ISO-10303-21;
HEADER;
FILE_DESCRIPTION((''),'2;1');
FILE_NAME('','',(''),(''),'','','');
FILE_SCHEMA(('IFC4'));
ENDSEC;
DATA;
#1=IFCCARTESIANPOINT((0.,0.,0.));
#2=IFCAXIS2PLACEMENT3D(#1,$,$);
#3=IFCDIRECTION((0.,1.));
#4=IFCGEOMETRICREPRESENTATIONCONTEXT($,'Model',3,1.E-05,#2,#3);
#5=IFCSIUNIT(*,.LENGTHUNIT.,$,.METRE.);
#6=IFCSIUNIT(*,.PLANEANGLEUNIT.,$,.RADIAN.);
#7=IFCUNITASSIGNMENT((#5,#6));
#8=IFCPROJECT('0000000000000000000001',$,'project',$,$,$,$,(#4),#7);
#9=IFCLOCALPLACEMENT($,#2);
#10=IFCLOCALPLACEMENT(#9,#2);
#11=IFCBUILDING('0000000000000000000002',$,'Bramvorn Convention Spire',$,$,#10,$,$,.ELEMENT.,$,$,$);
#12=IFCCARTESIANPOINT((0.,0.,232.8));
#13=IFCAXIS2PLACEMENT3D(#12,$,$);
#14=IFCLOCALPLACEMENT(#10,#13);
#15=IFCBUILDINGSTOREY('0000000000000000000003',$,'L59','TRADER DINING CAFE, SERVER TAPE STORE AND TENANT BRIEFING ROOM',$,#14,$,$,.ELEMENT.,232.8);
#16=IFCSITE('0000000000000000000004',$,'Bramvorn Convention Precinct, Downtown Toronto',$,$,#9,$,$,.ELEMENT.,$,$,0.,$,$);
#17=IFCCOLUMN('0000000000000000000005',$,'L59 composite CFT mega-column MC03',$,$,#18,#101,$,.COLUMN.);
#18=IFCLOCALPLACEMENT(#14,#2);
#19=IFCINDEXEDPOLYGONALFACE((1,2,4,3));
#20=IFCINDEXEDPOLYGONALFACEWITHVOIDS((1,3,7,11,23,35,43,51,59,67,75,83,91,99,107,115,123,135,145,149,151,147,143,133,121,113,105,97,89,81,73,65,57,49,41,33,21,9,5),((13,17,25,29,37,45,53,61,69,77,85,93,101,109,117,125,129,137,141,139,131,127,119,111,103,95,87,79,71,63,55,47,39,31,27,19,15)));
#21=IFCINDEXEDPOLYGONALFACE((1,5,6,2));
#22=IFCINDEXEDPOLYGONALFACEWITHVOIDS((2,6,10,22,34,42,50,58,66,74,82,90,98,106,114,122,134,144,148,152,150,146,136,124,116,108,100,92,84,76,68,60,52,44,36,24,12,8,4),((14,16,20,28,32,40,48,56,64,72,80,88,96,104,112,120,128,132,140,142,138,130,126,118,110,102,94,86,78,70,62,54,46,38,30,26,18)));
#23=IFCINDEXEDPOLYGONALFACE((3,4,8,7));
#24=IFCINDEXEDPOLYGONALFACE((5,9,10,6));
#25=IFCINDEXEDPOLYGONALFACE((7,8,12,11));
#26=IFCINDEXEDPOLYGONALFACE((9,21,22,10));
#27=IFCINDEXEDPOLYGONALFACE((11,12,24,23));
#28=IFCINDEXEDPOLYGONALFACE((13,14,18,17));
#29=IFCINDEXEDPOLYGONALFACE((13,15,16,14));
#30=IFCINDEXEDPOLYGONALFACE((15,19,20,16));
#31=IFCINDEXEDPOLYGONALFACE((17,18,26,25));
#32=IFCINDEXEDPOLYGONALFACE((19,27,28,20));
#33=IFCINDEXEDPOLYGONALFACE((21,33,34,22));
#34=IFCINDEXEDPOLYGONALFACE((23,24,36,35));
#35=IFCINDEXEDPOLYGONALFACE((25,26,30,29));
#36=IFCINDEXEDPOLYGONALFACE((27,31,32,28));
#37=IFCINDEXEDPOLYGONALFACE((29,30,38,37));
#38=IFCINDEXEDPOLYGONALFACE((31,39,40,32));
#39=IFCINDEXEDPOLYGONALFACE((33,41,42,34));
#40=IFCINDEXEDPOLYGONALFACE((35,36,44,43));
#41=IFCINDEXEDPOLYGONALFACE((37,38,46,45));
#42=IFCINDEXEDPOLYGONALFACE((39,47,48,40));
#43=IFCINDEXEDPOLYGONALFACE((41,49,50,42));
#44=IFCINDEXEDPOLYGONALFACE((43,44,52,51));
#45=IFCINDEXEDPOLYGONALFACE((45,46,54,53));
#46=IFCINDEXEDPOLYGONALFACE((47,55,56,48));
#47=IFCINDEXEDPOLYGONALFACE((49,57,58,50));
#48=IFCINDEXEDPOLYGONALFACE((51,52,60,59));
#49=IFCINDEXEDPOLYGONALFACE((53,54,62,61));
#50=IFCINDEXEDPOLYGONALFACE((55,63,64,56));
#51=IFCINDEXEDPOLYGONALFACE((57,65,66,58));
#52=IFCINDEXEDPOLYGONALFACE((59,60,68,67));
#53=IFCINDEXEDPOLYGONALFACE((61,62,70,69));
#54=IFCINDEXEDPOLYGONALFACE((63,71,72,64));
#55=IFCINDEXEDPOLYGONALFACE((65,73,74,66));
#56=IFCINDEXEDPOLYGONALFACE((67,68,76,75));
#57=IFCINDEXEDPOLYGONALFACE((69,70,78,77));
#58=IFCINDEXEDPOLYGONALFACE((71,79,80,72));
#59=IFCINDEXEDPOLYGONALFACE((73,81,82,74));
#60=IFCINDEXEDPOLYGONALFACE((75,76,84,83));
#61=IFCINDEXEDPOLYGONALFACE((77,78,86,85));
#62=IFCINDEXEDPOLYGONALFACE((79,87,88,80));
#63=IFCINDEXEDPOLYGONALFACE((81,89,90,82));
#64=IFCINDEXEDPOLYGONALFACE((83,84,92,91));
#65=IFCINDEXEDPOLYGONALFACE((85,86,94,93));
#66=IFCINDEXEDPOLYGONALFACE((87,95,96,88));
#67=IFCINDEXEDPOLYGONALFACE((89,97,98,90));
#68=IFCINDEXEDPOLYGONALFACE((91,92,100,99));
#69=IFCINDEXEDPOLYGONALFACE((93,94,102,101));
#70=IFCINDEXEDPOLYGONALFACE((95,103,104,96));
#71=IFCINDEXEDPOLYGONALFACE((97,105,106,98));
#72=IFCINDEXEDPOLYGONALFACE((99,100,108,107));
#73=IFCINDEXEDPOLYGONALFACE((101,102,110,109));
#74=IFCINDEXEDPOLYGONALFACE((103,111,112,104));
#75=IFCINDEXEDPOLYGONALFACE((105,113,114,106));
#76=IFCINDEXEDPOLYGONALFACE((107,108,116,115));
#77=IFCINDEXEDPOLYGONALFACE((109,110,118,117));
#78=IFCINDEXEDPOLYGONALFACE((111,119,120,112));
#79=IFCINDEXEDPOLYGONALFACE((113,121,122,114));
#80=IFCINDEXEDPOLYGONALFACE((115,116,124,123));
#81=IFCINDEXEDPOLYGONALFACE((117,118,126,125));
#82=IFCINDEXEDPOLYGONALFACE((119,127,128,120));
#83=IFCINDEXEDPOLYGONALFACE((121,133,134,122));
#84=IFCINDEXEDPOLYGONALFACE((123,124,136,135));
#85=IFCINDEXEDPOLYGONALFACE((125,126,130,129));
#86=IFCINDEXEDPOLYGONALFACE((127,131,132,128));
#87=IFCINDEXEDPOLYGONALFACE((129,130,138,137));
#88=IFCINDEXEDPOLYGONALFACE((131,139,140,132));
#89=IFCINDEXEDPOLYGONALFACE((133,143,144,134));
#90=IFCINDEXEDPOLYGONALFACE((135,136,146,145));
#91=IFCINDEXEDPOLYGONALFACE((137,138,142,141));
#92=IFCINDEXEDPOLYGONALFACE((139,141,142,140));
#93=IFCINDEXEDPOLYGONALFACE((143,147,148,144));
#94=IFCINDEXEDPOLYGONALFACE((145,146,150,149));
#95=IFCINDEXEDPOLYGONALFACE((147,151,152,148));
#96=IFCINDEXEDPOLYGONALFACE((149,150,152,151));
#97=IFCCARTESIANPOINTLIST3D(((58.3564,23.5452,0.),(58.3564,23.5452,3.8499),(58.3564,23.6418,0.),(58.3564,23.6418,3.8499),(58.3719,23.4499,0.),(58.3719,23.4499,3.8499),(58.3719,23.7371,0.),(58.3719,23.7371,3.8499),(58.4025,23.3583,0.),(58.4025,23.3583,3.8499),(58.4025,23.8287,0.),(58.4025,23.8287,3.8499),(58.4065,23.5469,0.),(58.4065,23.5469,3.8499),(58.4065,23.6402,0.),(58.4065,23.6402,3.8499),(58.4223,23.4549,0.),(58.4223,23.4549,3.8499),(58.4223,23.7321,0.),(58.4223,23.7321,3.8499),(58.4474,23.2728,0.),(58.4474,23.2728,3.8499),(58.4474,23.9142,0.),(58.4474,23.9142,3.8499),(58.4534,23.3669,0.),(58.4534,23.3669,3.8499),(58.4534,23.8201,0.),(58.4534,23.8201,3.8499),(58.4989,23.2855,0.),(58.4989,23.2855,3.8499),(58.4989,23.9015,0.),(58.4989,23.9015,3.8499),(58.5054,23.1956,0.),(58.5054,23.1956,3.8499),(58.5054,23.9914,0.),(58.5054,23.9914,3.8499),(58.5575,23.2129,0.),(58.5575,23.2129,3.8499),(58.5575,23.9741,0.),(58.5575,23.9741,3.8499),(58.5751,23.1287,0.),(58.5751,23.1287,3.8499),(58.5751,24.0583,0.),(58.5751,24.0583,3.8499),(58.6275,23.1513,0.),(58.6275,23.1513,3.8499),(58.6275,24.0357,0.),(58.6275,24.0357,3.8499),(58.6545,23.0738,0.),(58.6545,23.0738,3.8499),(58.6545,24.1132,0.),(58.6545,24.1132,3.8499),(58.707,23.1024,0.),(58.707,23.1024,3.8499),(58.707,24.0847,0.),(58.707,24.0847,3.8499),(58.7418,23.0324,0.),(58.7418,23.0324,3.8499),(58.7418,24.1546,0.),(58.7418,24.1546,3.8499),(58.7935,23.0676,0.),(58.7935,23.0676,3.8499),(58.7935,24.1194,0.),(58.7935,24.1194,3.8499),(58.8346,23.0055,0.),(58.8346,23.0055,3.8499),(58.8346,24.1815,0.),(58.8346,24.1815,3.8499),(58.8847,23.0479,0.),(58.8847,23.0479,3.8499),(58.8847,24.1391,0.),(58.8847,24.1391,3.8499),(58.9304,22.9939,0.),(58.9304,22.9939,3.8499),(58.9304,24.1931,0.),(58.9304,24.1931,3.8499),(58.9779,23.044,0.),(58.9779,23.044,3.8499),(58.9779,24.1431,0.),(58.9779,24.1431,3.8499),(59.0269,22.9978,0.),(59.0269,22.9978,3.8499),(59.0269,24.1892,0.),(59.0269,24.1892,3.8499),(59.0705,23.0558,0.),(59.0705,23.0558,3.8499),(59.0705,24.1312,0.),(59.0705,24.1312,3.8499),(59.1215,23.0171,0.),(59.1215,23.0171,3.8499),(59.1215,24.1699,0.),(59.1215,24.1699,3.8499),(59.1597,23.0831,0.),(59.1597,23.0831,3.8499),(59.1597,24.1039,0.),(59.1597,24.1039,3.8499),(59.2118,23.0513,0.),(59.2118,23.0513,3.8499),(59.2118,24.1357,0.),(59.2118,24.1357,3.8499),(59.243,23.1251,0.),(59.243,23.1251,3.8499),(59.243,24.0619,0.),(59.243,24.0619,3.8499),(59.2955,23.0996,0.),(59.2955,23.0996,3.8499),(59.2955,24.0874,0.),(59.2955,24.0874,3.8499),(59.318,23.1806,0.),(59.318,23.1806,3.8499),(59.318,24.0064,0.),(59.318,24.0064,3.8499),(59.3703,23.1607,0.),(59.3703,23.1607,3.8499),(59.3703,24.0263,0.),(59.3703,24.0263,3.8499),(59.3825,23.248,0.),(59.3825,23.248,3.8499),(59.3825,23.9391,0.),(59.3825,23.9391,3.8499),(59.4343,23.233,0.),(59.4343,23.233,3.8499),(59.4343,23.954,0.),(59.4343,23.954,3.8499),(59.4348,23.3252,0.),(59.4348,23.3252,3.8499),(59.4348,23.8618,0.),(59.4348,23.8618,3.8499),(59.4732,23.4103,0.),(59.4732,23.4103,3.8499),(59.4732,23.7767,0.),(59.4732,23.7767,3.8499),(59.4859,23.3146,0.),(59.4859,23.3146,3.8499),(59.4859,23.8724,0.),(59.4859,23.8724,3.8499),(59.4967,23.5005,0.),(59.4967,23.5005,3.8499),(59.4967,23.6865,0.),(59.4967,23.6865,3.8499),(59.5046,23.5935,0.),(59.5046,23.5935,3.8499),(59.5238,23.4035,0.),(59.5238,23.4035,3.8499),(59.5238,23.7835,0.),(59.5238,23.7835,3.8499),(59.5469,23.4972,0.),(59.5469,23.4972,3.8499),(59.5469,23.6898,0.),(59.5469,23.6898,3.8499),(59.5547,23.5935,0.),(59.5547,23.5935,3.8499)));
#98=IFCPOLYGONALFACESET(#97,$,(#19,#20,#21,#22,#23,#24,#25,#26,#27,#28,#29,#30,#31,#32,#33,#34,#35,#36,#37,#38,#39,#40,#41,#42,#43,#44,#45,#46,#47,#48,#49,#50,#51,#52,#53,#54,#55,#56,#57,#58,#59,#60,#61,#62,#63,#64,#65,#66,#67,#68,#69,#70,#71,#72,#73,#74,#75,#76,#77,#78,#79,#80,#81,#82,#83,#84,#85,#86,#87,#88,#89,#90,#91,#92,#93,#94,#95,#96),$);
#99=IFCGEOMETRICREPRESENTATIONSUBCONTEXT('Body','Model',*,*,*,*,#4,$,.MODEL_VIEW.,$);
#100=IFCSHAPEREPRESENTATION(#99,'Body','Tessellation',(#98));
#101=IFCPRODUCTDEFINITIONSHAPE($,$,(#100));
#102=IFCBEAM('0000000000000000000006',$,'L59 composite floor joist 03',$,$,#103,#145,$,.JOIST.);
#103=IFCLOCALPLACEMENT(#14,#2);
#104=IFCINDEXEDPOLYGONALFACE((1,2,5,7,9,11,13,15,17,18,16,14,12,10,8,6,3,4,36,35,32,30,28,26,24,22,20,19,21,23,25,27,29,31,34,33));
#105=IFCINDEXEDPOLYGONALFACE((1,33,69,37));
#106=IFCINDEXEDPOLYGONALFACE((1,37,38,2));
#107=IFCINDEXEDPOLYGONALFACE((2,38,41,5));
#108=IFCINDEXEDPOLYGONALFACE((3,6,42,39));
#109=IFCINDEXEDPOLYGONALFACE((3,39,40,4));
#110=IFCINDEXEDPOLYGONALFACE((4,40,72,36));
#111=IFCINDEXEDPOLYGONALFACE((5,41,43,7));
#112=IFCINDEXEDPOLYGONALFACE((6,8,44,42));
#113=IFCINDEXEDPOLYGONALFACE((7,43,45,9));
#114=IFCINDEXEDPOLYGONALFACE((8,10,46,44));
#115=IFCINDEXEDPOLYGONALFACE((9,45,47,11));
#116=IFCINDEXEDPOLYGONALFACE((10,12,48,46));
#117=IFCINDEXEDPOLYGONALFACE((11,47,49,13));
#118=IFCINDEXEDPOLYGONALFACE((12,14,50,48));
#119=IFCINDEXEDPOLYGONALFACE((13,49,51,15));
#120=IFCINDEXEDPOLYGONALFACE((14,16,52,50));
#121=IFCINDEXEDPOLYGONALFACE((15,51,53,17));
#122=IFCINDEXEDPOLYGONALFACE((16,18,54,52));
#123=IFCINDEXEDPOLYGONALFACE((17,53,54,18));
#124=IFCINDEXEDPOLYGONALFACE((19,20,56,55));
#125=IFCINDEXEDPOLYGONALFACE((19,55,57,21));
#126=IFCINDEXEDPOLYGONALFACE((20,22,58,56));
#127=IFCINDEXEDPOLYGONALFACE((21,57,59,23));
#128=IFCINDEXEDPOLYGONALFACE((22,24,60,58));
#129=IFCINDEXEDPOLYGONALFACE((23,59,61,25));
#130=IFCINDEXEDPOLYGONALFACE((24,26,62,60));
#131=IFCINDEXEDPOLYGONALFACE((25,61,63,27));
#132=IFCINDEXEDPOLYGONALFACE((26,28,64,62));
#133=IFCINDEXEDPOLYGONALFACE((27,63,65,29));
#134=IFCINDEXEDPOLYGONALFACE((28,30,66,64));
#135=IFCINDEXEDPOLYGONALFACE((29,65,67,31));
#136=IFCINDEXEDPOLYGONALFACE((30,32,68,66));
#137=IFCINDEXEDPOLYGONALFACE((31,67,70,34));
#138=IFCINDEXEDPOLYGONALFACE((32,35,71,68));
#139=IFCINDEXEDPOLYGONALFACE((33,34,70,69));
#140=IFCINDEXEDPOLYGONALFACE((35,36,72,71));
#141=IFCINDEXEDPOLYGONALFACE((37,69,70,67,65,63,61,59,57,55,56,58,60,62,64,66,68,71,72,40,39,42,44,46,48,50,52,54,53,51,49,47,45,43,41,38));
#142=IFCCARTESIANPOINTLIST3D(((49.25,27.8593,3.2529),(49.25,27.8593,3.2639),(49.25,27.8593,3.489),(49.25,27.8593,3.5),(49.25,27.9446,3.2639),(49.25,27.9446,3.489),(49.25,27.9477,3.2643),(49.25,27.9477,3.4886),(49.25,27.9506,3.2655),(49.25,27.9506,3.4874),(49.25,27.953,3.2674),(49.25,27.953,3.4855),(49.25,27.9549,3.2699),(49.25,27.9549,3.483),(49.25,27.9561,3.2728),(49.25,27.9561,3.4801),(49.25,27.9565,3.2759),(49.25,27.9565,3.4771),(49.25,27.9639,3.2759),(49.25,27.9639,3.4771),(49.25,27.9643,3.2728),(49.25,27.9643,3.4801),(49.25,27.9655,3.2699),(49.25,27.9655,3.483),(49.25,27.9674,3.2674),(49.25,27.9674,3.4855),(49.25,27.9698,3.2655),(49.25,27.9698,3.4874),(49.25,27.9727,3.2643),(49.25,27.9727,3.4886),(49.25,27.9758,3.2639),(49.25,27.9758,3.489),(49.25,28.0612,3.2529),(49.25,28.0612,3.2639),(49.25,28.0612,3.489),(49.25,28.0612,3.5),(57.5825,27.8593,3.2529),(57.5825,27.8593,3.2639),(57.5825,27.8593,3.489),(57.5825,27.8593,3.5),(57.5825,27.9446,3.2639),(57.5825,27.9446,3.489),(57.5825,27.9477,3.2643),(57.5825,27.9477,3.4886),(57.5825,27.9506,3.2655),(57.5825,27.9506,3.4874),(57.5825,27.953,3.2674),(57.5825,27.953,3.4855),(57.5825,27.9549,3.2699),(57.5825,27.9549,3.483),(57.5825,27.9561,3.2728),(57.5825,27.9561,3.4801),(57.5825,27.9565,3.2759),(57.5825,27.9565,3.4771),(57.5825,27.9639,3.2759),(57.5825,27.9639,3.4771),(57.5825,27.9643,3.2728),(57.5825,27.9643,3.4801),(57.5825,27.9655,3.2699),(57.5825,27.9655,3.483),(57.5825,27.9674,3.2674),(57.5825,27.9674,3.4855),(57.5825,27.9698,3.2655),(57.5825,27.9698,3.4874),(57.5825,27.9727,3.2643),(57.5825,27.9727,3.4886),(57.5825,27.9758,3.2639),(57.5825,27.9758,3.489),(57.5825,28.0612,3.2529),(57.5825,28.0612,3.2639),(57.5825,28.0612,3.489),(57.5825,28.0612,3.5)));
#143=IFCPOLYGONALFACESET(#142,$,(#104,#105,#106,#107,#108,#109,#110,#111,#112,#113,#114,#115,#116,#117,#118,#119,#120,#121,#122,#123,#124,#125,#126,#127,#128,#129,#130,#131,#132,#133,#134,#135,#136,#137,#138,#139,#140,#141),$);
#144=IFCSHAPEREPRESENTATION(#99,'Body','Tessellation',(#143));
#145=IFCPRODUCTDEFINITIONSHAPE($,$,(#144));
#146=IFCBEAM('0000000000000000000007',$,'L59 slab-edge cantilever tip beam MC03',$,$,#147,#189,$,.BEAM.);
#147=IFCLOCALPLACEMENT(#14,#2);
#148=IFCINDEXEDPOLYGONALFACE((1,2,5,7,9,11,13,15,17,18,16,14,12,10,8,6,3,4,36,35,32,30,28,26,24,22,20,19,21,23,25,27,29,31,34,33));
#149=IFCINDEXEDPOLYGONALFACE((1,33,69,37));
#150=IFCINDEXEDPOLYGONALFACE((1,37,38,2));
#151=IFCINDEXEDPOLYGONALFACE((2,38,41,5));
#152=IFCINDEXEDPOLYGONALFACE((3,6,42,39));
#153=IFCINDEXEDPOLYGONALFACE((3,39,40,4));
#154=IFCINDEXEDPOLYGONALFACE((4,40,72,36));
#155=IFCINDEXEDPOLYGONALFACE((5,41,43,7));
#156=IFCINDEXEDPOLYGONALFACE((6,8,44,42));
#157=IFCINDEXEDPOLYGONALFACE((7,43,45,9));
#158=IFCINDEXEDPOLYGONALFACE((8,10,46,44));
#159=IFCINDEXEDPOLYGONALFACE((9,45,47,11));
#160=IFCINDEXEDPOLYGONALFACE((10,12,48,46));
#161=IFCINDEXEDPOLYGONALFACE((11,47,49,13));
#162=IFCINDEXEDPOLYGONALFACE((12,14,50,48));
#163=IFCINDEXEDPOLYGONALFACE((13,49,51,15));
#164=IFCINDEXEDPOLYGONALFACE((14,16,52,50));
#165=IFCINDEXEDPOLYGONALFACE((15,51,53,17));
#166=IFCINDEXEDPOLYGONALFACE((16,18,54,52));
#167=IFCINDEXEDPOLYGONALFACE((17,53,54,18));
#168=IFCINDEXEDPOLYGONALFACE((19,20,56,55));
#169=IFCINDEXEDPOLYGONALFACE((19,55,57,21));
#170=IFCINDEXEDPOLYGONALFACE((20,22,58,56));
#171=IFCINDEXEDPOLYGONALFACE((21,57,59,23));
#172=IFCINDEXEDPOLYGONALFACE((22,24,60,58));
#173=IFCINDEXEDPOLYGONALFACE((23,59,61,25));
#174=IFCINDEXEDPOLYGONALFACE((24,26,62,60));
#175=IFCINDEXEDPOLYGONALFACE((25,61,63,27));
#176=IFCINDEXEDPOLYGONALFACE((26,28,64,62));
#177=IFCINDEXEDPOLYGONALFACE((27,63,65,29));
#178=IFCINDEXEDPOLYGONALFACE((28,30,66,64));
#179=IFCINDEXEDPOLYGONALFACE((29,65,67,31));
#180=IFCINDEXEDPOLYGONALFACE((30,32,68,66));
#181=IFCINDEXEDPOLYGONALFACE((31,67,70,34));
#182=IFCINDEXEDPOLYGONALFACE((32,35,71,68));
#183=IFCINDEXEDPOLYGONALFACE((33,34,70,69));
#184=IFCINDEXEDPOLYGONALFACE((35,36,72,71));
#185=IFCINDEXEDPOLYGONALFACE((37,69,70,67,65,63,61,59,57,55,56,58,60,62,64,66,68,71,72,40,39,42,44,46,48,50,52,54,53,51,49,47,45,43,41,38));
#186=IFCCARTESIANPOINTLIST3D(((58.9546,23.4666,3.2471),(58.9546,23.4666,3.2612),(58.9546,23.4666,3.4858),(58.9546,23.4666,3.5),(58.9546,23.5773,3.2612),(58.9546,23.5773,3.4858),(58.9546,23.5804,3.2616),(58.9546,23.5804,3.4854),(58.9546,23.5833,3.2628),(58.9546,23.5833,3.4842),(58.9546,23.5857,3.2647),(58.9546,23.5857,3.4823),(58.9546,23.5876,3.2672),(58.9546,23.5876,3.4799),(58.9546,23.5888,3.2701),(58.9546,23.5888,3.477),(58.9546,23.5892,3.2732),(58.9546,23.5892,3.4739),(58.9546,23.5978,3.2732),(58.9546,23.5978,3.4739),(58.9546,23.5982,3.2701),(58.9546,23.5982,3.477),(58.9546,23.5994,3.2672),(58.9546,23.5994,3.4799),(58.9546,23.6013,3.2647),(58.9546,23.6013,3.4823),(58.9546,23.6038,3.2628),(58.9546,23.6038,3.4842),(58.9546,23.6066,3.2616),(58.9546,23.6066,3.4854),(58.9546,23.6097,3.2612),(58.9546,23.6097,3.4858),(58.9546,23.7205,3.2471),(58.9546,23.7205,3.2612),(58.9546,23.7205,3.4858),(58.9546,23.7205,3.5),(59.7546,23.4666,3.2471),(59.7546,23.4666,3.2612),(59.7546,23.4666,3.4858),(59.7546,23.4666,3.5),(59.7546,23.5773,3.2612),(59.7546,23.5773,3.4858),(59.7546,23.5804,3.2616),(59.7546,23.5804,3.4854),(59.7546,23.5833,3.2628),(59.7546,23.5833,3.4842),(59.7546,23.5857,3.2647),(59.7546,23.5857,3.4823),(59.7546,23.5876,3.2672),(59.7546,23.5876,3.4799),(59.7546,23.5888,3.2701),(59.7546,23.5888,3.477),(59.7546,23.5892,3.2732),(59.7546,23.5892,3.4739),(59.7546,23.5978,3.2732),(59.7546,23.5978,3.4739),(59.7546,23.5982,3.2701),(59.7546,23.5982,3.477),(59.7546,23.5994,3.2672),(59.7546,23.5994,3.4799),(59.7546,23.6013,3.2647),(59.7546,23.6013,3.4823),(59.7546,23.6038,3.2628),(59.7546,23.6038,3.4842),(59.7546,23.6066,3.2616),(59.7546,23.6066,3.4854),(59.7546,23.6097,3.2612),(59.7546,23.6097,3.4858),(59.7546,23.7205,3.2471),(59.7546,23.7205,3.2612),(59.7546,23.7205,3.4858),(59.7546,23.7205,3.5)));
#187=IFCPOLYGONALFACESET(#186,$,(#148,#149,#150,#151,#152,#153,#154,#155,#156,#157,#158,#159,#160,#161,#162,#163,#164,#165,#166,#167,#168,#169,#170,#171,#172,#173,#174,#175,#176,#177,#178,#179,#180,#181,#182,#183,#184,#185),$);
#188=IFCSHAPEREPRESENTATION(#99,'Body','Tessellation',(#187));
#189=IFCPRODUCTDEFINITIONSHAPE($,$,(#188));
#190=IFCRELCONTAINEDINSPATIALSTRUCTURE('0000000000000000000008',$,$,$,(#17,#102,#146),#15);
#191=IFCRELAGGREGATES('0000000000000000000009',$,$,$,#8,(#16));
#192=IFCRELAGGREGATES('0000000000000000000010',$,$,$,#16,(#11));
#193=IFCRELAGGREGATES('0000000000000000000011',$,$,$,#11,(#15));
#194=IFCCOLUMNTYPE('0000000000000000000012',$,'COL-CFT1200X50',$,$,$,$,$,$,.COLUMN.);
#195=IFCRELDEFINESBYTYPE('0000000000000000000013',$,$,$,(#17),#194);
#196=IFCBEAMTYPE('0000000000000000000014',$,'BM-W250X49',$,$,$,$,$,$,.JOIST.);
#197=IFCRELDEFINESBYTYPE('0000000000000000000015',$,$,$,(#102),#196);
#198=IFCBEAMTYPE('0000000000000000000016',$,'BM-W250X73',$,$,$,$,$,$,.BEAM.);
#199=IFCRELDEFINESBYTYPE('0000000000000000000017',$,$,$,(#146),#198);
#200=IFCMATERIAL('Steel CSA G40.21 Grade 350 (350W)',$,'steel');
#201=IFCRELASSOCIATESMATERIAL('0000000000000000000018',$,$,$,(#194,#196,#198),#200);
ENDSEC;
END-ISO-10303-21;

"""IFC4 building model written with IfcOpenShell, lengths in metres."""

from ifc_helpers import new_model, si_unit, direction, frame, origin, origin_2d, place, context, subcontext, project, spatial, hollow_circle, i_section, extrude, material, material_profile, profile_set, type_object, element, save


model = new_model("IFC4")

# Units and contexts
model_context = context("Model", 3, precision=1e-05, world=origin(), true_north=direction((0.0, 1.0)))
body_context = subcontext(model_context, "Body", "Model", "MODEL_VIEW")
ifc_project = project(units=[si_unit("LENGTHUNIT", "METRE"), si_unit("PLANEANGLEUNIT", "RADIAN")], contexts=[model_context])

# Site, building, storey
site_placement = place(None, origin())
site = spatial("IfcSite", under=ifc_project, at=site_placement, Name="Bramvorn Convention Precinct, Downtown Toronto", CompositionType="ELEMENT", RefElevation=0.0)
building_placement = place(site_placement, origin())
building = spatial("IfcBuilding", under=site, at=building_placement, Name="Bramvorn Convention Spire", CompositionType="ELEMENT")
storey_placement = place(building_placement, frame((0.0, 0.0, 232.8)))
storey = spatial("IfcBuildingStorey", under=building, at=storey_placement, Name="L59", Description="TRADER DINING CAFE, SERVER TAPE STORE AND TENANT BRIEFING ROOM", CompositionType="ELEMENT", Elevation=232.8)

# Column
ifc_material_1 = material(Name="Steel CSA G40.21 Grade 350 (350W)", Category="steel")
ifc_material_profile_1 = material_profile(ifc_material_1, hollow_circle(Radius=0.6001, WallThickness=0.05, at=origin_2d()))
ifc_profile_set_1 = profile_set([ifc_material_profile_1], Name="Steel CSA G40.21 Grade 350 (350W) - CFT1200X50")
column_type = type_object("IfcColumnType", Name="COL-CFT1200X50", PredefinedType="COLUMN", material=ifc_profile_set_1)
column_placement = place(storey_placement, frame((58.9546, 23.5935, 0.0), z_axis=(0.0, 0.0, 1.0), x_axis=(1.0, 0.0, 0.0)))
element("IfcColumn", 1, at=column_placement, inside=storey, type_object=column_type, Name="L59 composite CFT mega-column MC03", PredefinedType="COLUMN", context=body_context, shape_type="SweptSolid", body=[
    extrude(hollow_circle(Radius=0.6001, WallThickness=0.05, at=origin_2d()), origin(), (0.0, 0.0, 1.0), 3.8499),
])

# Beams
ifc_material_profile_2 = material_profile(ifc_material_1, i_section(OverallWidth=0.2019, OverallDepth=0.2471, WebThickness=0.0073, FlangeThickness=0.011, FilletRadius=0.012, at=origin_2d()))
ifc_profile_set_2 = profile_set([ifc_material_profile_2], Name="Steel CSA G40.21 Grade 350 (350W) - W250X49")
beam_type_1 = type_object("IfcBeamType", Name="BM-W250X49", PredefinedType="JOIST", material=ifc_profile_set_2)
beam_1_placement = place(storey_placement, frame((49.25, 27.9602, 3.3765), z_axis=(1.0, 0.0, 0.0), x_axis=(0.0, 1.0, 0.0)))
element("IfcBeam", 2, at=beam_1_placement, inside=storey, type_object=beam_type_1, Name="L59 composite floor joist 03", PredefinedType="JOIST", context=body_context, shape_type="SweptSolid", body=[
    extrude(i_section(OverallWidth=0.2019, OverallDepth=0.2471, WebThickness=0.0073, FlangeThickness=0.011, FilletRadius=0.012, at=origin_2d()), origin(), (0.0, 0.0, 1.0), 8.3325),
])
ifc_material_profile_3 = material_profile(ifc_material_1, i_section(OverallWidth=0.2539, OverallDepth=0.2529, WebThickness=0.0085, FlangeThickness=0.0142, FilletRadius=0.012, at=origin_2d()))
ifc_profile_set_3 = profile_set([ifc_material_profile_3], Name="Steel CSA G40.21 Grade 350 (350W) - W250X73")
beam_type_2 = type_object("IfcBeamType", Name="BM-W250X73", PredefinedType="BEAM", material=ifc_profile_set_3)
beam_2_placement = place(storey_placement, frame((58.9546, 23.5935, 3.3735), z_axis=(1.0, 0.0, 0.0), x_axis=(0.0, 1.0, 0.0)))
element("IfcBeam", 3, at=beam_2_placement, inside=storey, type_object=beam_type_2, Name="L59 slab-edge cantilever tip beam MC03", PredefinedType="BEAM", context=body_context, shape_type="SweptSolid", body=[
    extrude(i_section(OverallWidth=0.2539, OverallDepth=0.2529, WebThickness=0.0085, FlangeThickness=0.0142, FilletRadius=0.012, at=origin_2d()), origin(), (0.0, 0.0, 1.0), 0.8),
])

save(model, "model.ifc")
